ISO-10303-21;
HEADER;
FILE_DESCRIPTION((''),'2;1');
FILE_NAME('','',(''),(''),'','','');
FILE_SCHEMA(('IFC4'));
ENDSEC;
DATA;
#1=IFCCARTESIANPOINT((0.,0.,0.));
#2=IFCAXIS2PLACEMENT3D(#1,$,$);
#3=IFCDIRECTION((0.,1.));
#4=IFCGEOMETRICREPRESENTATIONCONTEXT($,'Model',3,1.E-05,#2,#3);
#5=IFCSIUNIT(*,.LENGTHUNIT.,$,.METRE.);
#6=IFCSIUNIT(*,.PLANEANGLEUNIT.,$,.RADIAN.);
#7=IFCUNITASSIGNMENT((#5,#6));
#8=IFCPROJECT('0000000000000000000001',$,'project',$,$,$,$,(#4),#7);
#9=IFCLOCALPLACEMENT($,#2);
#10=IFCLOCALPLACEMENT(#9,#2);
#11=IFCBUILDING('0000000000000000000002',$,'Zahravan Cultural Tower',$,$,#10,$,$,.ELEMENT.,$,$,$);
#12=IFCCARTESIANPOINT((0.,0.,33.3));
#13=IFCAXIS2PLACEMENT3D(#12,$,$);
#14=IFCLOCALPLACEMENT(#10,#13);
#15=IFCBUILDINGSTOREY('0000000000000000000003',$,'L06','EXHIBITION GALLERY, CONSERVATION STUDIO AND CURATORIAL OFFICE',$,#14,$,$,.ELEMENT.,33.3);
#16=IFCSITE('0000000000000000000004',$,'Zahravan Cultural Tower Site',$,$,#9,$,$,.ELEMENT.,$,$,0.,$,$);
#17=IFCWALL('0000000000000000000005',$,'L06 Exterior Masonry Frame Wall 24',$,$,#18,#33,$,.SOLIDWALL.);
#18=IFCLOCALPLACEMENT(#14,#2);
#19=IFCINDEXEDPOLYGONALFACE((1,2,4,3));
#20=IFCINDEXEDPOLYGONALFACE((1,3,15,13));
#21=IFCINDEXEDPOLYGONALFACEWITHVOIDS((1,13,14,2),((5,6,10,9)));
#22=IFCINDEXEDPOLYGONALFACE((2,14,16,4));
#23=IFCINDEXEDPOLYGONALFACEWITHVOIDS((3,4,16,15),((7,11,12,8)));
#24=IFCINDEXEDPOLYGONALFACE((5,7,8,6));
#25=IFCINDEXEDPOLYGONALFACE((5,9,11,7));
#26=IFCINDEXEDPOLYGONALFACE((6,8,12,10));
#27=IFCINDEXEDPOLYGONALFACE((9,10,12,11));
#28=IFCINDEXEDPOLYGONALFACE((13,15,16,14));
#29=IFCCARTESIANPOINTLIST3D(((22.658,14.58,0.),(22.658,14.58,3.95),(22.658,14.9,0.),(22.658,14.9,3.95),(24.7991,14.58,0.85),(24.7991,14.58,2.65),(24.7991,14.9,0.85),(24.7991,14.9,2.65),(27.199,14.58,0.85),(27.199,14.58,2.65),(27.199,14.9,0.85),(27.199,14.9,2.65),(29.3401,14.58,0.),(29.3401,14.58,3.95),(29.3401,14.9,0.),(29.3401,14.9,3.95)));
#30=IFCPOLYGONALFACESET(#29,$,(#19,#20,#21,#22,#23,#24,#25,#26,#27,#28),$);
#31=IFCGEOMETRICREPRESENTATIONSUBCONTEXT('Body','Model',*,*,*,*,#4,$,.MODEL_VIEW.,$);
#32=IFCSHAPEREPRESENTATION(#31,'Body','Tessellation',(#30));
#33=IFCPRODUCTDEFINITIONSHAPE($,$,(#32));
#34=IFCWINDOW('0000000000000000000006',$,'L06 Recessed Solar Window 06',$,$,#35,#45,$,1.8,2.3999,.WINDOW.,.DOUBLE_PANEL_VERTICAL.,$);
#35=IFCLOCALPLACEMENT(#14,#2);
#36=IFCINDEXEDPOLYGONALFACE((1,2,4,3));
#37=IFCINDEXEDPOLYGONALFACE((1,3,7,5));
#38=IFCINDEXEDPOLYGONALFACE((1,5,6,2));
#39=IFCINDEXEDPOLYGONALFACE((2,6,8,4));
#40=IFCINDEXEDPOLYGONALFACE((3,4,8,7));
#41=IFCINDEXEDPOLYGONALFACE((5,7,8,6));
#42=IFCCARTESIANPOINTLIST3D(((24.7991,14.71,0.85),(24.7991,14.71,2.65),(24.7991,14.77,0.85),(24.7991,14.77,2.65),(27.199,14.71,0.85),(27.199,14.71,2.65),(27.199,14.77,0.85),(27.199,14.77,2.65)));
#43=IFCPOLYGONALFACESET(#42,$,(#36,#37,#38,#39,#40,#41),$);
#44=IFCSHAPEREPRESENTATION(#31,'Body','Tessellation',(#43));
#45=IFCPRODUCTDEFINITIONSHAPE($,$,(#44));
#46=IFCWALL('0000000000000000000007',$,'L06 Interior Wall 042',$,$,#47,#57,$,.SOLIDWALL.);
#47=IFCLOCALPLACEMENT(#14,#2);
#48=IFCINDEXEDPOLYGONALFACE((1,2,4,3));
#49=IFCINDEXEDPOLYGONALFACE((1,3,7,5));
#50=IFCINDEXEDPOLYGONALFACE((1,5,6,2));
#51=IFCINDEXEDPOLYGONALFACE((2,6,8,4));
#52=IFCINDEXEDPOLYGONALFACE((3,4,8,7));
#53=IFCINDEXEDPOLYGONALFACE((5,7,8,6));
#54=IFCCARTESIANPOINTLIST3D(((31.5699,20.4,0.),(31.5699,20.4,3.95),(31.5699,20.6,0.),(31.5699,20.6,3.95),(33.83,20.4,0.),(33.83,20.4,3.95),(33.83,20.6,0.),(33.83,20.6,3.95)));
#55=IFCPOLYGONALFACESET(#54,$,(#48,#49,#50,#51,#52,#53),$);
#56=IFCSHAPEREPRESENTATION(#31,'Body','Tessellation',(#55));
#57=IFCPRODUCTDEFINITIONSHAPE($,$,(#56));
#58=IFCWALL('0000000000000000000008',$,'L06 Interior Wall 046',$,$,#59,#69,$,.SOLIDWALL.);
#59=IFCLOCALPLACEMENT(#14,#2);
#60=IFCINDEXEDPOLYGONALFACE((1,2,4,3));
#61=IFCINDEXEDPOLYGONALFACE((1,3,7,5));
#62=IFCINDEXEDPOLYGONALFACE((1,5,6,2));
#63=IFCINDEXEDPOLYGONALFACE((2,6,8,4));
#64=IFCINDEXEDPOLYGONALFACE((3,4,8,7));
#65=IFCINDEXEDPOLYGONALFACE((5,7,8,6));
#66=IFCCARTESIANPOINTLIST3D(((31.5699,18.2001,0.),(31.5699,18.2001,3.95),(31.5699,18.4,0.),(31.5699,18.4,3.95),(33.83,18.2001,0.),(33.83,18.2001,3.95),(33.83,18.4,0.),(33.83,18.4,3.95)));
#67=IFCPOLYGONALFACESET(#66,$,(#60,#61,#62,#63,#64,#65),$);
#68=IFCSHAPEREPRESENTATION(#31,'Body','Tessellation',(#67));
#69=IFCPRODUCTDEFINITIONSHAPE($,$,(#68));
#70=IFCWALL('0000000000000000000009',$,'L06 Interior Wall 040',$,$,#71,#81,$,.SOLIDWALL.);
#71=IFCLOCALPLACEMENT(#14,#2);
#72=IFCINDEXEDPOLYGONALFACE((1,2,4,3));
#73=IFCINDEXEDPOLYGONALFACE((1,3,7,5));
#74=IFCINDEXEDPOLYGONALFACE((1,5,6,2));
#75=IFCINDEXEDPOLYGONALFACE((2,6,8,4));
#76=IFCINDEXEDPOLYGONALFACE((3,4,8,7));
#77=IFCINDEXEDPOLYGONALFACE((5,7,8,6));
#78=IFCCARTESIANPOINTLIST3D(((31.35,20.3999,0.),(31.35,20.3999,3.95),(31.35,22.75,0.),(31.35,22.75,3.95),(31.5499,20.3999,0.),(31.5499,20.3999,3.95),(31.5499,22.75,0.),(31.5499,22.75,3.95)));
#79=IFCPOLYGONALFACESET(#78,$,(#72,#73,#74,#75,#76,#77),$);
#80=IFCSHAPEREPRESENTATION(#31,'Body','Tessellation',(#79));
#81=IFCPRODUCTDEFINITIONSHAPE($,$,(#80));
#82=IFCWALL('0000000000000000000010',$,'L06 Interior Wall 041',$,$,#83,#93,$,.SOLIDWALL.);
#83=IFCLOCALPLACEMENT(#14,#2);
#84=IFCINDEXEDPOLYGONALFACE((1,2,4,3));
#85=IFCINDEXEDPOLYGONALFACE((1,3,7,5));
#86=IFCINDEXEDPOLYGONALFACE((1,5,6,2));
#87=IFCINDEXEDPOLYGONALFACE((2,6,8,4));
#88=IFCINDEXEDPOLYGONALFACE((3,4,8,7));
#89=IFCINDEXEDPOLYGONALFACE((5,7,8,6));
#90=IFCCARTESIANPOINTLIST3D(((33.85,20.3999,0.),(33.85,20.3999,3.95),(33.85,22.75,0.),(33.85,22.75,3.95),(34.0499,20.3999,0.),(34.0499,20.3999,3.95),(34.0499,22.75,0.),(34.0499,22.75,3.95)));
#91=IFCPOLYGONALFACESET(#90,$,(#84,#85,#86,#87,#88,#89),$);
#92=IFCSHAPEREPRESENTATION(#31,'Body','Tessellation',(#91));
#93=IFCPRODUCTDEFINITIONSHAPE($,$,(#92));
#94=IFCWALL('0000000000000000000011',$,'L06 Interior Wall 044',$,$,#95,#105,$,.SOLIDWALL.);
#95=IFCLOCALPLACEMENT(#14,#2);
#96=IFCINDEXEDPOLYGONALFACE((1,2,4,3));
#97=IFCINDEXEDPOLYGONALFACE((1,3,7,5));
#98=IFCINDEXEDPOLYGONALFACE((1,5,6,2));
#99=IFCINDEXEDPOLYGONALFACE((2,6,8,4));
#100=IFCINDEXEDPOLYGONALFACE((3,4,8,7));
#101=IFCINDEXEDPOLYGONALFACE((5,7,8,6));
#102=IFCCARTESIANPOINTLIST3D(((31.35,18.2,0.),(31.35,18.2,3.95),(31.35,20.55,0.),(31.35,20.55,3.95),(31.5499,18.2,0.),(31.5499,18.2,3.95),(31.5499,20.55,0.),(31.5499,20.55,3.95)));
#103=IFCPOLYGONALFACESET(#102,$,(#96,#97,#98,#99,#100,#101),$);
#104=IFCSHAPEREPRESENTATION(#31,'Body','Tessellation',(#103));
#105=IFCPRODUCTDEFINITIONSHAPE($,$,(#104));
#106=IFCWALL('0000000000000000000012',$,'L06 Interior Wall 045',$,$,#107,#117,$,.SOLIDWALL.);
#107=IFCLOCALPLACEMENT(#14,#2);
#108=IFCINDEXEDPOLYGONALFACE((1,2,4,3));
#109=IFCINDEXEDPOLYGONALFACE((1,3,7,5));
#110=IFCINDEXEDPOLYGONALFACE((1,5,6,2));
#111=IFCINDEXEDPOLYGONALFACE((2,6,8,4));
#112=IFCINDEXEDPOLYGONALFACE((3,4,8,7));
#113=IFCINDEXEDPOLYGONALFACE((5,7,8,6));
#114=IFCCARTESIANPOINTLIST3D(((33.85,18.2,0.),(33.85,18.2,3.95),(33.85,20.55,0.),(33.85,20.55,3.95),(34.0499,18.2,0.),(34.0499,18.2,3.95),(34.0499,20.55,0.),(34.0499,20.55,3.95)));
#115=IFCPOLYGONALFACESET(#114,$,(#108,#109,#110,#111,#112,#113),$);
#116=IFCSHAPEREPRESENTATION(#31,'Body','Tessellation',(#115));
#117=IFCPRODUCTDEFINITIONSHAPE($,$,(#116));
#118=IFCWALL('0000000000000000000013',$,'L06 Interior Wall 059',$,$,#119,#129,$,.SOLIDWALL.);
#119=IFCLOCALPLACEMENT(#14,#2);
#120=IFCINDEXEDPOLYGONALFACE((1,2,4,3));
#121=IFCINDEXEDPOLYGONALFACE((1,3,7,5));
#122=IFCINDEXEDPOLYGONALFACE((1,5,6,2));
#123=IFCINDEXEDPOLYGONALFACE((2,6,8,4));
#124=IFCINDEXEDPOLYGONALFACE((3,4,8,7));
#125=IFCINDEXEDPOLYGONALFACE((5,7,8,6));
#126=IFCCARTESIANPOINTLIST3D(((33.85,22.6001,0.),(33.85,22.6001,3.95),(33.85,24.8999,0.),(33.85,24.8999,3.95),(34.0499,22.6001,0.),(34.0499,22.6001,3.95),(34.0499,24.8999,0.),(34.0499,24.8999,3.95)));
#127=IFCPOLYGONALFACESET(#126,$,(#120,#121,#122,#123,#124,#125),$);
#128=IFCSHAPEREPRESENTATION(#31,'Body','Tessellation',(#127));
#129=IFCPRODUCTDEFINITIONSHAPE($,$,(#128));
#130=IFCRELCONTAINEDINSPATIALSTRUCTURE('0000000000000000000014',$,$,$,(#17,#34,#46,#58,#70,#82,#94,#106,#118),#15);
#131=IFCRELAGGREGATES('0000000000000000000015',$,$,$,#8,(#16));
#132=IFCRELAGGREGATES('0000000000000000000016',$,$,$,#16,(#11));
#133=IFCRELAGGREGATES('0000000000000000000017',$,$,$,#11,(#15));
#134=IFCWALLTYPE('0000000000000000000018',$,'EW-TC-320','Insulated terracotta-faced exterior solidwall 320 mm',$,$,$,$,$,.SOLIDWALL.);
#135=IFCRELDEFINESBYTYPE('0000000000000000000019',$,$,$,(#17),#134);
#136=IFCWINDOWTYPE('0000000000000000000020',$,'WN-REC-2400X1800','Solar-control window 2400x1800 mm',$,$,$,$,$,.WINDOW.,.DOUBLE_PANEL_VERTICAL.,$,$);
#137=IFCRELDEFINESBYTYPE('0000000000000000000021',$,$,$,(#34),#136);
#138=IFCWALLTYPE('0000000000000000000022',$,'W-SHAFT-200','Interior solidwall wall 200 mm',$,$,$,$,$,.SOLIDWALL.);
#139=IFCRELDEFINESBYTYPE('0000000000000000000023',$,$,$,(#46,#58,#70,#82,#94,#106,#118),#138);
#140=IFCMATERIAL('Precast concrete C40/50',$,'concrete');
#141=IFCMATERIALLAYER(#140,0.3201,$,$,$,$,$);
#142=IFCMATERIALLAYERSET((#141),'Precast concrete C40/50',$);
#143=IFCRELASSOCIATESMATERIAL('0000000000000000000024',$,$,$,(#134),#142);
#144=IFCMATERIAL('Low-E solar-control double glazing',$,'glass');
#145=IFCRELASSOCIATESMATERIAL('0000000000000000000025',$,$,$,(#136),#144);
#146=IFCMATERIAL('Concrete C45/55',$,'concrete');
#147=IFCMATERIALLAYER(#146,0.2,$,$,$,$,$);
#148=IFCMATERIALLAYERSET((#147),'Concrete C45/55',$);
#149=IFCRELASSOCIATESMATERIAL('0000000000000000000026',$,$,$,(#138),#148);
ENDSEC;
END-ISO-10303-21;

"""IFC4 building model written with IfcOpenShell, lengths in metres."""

from ifc_helpers import new_model, si_unit, direction, frame, frame_2d, origin, place, context, subcontext, project, spatial, rectangle, extrude, source, transform, mapped, material, layer, layer_set, type_object, element, fill, save


model = new_model("IFC4")

# Units and contexts
model_context = context("Model", 3, precision=1e-05, world=origin(), true_north=direction((0.0, 1.0)))
body_context = subcontext(model_context, "Body", "Model", "MODEL_VIEW")
ifc_project = project(units=[si_unit("LENGTHUNIT", "METRE"), si_unit("PLANEANGLEUNIT", "RADIAN")], contexts=[model_context])

# Site, building, storey
site_placement = place(None, origin())
site = spatial("IfcSite", under=ifc_project, at=site_placement, Name="Zahravan Cultural Tower Site", CompositionType="ELEMENT", RefElevation=0.0)
building_placement = place(site_placement, origin())
building = spatial("IfcBuilding", under=site, at=building_placement, Name="Zahravan Cultural Tower", CompositionType="ELEMENT")
storey_placement = place(building_placement, frame((0.0, 0.0, 33.3)))
storey = spatial("IfcBuildingStorey", under=building, at=storey_placement, Name="L06", Description="EXHIBITION GALLERY, CONSERVATION STUDIO AND CURATORIAL OFFICE", CompositionType="ELEMENT", Elevation=33.3)

# Shared definitions
ifc_material_1 = material(Name="Low-E solar-control double glazing", Category="glass")

# Wall, opening, window
ifc_material_2 = material(Name="Precast concrete C40/50", Category="concrete")
ifc_layer_1 = layer(ifc_material_2, 0.3201)
ifc_layer_set_1 = layer_set([ifc_layer_1], Name="Precast concrete C40/50")
wall_type_1 = type_object("IfcWallType", Name="EW-TC-320", Description="Insulated terracotta-faced exterior solidwall 320 mm", PredefinedType="SOLIDWALL", material=ifc_layer_set_1)
wall_1_placement = place(storey_placement, frame((29.3401, 14.74, 0.0), z_axis=(0.0, 0.0, 1.0), x_axis=(-1.0, 0.0, 0.0)))
wall_1 = element("IfcWall", 1, at=wall_1_placement, inside=storey, type_object=wall_type_1, Name="L06 Exterior Masonry Frame Wall 24", PredefinedType="SOLIDWALL", context=body_context, shape_type="SweptSolid", body=[
    extrude(rectangle(XDim=6.6821, YDim=0.3201, at=frame_2d((3.3411, 0.0))), origin(), (0.0, 0.0, 1.0), 3.95),
])
opening_1_placement = place(wall_1_placement, frame((2.1411, 0.0, 0.8501)))
opening_1 = element("IfcOpeningElement", 2, at=opening_1_placement, cuts=wall_1, PredefinedType="OPENING", context=body_context, shape_type="SweptSolid", body=[
    extrude(rectangle(XDim=2.3999, YDim=1.8, at=frame_2d((1.2, 0.8999))), frame((0.0, 0.1699, 0.0), z_axis=(0.0, -1.0, 0.0), x_axis=(1.0, 0.0, 0.0)), (0.0, 0.0, 1.0), 0.3401),
])
window_type = type_object("IfcWindowType", Name="WN-REC-2400X1800", Description="Solar-control window 2400x1800 mm", PartitioningType="DOUBLE_PANEL_VERTICAL", PredefinedType="WINDOW", material=ifc_material_1)
shared_shape_1 = source(origin(), body_context, "Body", "SweptSolid", [
    extrude(rectangle(XDim=2.3999, YDim=1.8, at=frame_2d((1.2, 0.8999))), frame((0.0, 0.03, 0.0), z_axis=(0.0, -1.0, 0.0), x_axis=(1.0, 0.0, 0.0)), (0.0, 0.0, 1.0), 0.0601),
])
window_placement = place(opening_1_placement, origin())
window = element("IfcWindow", 3, at=window_placement, inside=storey, type_object=window_type, Name="L06 Recessed Solar Window 06", OverallHeight=1.8, OverallWidth=2.3999, PartitioningType="DOUBLE_PANEL_VERTICAL", PredefinedType="WINDOW", context=body_context, shape_type="MappedRepresentation", body=[
    mapped(shared_shape_1, transform((0.0, 0.0, 0.0), x_axis=(1.0, 0.0, 0.0), y_axis=(0.0, 1.0, 0.0), z_axis=(0.0, 0.0, 1.0), scale=1.0)),
])
fill(opening_1, window)

# Shared definitions
ifc_material_3 = material(Name="Concrete C45/55", Category="concrete")
ifc_layer_2 = layer(ifc_material_3, 0.2)
ifc_layer_set_2 = layer_set([ifc_layer_2], Name="Concrete C45/55")
wall_type_2 = type_object("IfcWallType", Name="W-SHAFT-200", Description="Interior solidwall wall 200 mm", PredefinedType="SOLIDWALL", material=ifc_layer_set_2)

# Walls
shared_shape_2 = source(origin(), body_context, "Body", "SweptSolid", [
    extrude(rectangle(XDim=2.26, YDim=0.2, at=frame_2d((1.1299, 0.0))), origin(), (0.0, 0.0, 1.0), 3.95),
])
for number, where, z_axis, x_axis, name in (
    (4, (31.5701, 20.5, 0.0), (0.0, 0.0, 1.0), (1.0, 0.0, 0.0), "L06 Interior Wall 042"),
    (5, (31.5701, 18.3, 0.0), (0.0, 0.0, 1.0), (1.0, 0.0, 0.0), "L06 Interior Wall 046"),
):
    element("IfcWall", number, at=place(storey_placement, frame(where, z_axis=z_axis, x_axis=x_axis)), inside=storey, type_object=wall_type_2, Name=name, PredefinedType="SOLIDWALL", context=body_context, shape_type="MappedRepresentation", body=[
        mapped(shared_shape_2, transform((0.0, 0.0, 0.0), x_axis=(1.0, 0.0, 0.0), y_axis=(0.0, 1.0, 0.0), z_axis=(0.0, 0.0, 1.0), scale=1.0)),
    ])
shared_shape_3 = source(origin(), body_context, "Body", "SweptSolid", [
    extrude(rectangle(XDim=2.3501, YDim=0.2, at=frame_2d((1.175, 0.0))), origin(), (0.0, 0.0, 1.0), 3.95),
])
for number, where, z_axis, x_axis, name in (
    (6, (31.45, 20.3999, 0.0), (0.0, 0.0, 1.0), (0.0, 1.0, 0.0), "L06 Interior Wall 040"),
    (7, (33.95, 20.3999, 0.0), (0.0, 0.0, 1.0), (0.0, 1.0, 0.0), "L06 Interior Wall 041"),
    (8, (31.45, 18.2, 0.0), (0.0, 0.0, 1.0), (0.0, 1.0, 0.0), "L06 Interior Wall 044"),
    (9, (33.95, 18.2, 0.0), (0.0, 0.0, 1.0), (0.0, 1.0, 0.0), "L06 Interior Wall 045"),
):
    element("IfcWall", number, at=place(storey_placement, frame(where, z_axis=z_axis, x_axis=x_axis)), inside=storey, type_object=wall_type_2, Name=name, PredefinedType="SOLIDWALL", context=body_context, shape_type="MappedRepresentation", body=[
        mapped(shared_shape_3, transform((0.0, 0.0, 0.0), x_axis=(1.0, 0.0, 0.0), y_axis=(0.0, 1.0, 0.0), z_axis=(0.0, 0.0, 1.0), scale=1.0)),
    ])
shared_shape_4 = source(origin(), body_context, "Body", "SweptSolid", [
    extrude(rectangle(XDim=2.2998, YDim=0.2, at=frame_2d((1.1499, 0.0))), origin(), (0.0, 0.0, 1.0), 3.95),
])
wall_2_placement = place(storey_placement, frame((33.95, 22.6001, 0.0), z_axis=(0.0, 0.0, 1.0), x_axis=(0.0, 1.0, 0.0)))
element("IfcWall", 10, at=wall_2_placement, inside=storey, type_object=wall_type_2, Name="L06 Interior Wall 059", PredefinedType="SOLIDWALL", context=body_context, shape_type="MappedRepresentation", body=[
    mapped(shared_shape_4, transform((0.0, 0.0, 0.0), x_axis=(1.0, 0.0, 0.0), y_axis=(0.0, 1.0, 0.0), z_axis=(0.0, 0.0, 1.0), scale=1.0)),
])

save(model, "model.ifc")
